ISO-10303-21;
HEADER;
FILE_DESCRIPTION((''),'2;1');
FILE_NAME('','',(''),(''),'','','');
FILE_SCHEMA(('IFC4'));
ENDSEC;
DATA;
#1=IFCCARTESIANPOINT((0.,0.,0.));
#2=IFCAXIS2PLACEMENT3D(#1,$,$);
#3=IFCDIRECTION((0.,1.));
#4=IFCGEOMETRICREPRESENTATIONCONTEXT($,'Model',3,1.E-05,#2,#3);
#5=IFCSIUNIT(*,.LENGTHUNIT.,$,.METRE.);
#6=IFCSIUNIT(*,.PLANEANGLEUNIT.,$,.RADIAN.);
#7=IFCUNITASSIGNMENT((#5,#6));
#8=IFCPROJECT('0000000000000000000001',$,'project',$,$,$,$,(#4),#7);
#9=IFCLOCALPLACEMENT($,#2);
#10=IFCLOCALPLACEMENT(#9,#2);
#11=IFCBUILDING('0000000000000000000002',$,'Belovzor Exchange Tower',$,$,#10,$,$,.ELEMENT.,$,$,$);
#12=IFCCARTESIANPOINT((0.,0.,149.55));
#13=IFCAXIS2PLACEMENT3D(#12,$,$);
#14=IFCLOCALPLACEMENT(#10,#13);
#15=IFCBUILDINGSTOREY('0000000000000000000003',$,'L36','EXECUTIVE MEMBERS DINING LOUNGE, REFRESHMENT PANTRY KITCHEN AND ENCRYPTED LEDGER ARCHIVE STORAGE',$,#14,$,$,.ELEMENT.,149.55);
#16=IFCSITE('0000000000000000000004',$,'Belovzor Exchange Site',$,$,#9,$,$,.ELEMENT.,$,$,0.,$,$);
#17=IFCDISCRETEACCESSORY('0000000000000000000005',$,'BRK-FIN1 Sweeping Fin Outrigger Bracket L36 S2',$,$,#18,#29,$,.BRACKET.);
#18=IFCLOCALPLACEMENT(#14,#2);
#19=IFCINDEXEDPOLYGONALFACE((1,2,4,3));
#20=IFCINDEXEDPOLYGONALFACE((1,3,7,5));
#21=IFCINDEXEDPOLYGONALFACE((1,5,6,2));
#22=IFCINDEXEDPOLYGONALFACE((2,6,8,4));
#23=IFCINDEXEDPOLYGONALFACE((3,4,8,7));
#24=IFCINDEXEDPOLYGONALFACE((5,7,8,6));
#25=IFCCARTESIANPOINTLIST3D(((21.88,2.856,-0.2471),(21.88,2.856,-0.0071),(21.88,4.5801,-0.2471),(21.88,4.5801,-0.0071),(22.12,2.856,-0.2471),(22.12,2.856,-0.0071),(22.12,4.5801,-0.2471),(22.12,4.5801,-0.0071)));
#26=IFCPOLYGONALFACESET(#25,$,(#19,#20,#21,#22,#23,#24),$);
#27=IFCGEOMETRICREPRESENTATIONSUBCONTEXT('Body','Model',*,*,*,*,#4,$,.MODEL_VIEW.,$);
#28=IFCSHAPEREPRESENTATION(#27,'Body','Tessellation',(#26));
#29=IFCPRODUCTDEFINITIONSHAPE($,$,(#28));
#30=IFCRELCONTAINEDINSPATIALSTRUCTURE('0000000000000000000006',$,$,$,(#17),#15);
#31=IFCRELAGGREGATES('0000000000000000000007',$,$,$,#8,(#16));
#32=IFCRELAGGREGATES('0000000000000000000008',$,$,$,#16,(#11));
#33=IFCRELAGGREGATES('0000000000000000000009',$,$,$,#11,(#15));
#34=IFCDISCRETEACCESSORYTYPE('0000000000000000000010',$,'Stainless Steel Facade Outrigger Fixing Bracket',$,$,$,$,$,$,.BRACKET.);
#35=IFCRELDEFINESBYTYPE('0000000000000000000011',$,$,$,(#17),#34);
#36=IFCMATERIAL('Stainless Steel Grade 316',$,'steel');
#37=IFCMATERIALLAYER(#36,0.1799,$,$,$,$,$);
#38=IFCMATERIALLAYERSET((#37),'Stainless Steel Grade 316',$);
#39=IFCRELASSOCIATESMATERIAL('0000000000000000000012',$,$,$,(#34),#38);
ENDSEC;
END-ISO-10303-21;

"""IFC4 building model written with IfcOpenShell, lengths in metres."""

from ifc_helpers import new_model, si_unit, direction, frame, origin, origin_2d, place, context, subcontext, project, spatial, rectangle, extrude, material, layer, layer_set, type_object, element, save


model = new_model("IFC4")

# Units and contexts
model_context = context("Model", 3, precision=1e-05, world=origin(), true_north=direction((0.0, 1.0)))
body_context = subcontext(model_context, "Body", "Model", "MODEL_VIEW")
ifc_project = project(units=[si_unit("LENGTHUNIT", "METRE"), si_unit("PLANEANGLEUNIT", "RADIAN")], contexts=[model_context])

# Site, building, storey
site_placement = place(None, origin())
site = spatial("IfcSite", under=ifc_project, at=site_placement, Name="Belovzor Exchange Site", CompositionType="ELEMENT", RefElevation=0.0)
building_placement = place(site_placement, origin())
building = spatial("IfcBuilding", under=site, at=building_placement, Name="Belovzor Exchange Tower", CompositionType="ELEMENT")
storey_placement = place(building_placement, frame((0.0, 0.0, 149.55)))
storey = spatial("IfcBuildingStorey", under=building, at=storey_placement, Name="L36", Description="EXECUTIVE MEMBERS DINING LOUNGE, REFRESHMENT PANTRY KITCHEN AND ENCRYPTED LEDGER ARCHIVE STORAGE", CompositionType="ELEMENT", Elevation=149.55)

# Discrete accessory
ifc_material_1 = material(Name="Stainless Steel Grade 316", Category="steel")
ifc_layer_1 = layer(ifc_material_1, 0.1799)
ifc_layer_set_1 = layer_set([ifc_layer_1], Name="Stainless Steel Grade 316")
discrete_accessory_type = type_object("IfcDiscreteAccessoryType", Name="Stainless Steel Facade Outrigger Fixing Bracket", PredefinedType="BRACKET", material=ifc_layer_set_1)
for number, where, z_axis, x_axis, name in (
    (1, (22.0, 3.718, -0.2471), (0.0, 0.0, 1.0), (0.0, 1.0, 0.0), "BRK-FIN1 Sweeping Fin Outrigger Bracket L36 S2"),
):
    element("IfcDiscreteAccessory", number, at=place(storey_placement, frame(where, z_axis=z_axis, x_axis=x_axis)), inside=storey, type_object=discrete_accessory_type, Name=name, PredefinedType="BRACKET", context=body_context, shape_type="SweptSolid", body=[
        extrude(rectangle(XDim=1.7241, YDim=0.24, at=origin_2d()), origin(), (0.0, 0.0, 1.0), 0.24),
    ])

save(model, "model.ifc")
